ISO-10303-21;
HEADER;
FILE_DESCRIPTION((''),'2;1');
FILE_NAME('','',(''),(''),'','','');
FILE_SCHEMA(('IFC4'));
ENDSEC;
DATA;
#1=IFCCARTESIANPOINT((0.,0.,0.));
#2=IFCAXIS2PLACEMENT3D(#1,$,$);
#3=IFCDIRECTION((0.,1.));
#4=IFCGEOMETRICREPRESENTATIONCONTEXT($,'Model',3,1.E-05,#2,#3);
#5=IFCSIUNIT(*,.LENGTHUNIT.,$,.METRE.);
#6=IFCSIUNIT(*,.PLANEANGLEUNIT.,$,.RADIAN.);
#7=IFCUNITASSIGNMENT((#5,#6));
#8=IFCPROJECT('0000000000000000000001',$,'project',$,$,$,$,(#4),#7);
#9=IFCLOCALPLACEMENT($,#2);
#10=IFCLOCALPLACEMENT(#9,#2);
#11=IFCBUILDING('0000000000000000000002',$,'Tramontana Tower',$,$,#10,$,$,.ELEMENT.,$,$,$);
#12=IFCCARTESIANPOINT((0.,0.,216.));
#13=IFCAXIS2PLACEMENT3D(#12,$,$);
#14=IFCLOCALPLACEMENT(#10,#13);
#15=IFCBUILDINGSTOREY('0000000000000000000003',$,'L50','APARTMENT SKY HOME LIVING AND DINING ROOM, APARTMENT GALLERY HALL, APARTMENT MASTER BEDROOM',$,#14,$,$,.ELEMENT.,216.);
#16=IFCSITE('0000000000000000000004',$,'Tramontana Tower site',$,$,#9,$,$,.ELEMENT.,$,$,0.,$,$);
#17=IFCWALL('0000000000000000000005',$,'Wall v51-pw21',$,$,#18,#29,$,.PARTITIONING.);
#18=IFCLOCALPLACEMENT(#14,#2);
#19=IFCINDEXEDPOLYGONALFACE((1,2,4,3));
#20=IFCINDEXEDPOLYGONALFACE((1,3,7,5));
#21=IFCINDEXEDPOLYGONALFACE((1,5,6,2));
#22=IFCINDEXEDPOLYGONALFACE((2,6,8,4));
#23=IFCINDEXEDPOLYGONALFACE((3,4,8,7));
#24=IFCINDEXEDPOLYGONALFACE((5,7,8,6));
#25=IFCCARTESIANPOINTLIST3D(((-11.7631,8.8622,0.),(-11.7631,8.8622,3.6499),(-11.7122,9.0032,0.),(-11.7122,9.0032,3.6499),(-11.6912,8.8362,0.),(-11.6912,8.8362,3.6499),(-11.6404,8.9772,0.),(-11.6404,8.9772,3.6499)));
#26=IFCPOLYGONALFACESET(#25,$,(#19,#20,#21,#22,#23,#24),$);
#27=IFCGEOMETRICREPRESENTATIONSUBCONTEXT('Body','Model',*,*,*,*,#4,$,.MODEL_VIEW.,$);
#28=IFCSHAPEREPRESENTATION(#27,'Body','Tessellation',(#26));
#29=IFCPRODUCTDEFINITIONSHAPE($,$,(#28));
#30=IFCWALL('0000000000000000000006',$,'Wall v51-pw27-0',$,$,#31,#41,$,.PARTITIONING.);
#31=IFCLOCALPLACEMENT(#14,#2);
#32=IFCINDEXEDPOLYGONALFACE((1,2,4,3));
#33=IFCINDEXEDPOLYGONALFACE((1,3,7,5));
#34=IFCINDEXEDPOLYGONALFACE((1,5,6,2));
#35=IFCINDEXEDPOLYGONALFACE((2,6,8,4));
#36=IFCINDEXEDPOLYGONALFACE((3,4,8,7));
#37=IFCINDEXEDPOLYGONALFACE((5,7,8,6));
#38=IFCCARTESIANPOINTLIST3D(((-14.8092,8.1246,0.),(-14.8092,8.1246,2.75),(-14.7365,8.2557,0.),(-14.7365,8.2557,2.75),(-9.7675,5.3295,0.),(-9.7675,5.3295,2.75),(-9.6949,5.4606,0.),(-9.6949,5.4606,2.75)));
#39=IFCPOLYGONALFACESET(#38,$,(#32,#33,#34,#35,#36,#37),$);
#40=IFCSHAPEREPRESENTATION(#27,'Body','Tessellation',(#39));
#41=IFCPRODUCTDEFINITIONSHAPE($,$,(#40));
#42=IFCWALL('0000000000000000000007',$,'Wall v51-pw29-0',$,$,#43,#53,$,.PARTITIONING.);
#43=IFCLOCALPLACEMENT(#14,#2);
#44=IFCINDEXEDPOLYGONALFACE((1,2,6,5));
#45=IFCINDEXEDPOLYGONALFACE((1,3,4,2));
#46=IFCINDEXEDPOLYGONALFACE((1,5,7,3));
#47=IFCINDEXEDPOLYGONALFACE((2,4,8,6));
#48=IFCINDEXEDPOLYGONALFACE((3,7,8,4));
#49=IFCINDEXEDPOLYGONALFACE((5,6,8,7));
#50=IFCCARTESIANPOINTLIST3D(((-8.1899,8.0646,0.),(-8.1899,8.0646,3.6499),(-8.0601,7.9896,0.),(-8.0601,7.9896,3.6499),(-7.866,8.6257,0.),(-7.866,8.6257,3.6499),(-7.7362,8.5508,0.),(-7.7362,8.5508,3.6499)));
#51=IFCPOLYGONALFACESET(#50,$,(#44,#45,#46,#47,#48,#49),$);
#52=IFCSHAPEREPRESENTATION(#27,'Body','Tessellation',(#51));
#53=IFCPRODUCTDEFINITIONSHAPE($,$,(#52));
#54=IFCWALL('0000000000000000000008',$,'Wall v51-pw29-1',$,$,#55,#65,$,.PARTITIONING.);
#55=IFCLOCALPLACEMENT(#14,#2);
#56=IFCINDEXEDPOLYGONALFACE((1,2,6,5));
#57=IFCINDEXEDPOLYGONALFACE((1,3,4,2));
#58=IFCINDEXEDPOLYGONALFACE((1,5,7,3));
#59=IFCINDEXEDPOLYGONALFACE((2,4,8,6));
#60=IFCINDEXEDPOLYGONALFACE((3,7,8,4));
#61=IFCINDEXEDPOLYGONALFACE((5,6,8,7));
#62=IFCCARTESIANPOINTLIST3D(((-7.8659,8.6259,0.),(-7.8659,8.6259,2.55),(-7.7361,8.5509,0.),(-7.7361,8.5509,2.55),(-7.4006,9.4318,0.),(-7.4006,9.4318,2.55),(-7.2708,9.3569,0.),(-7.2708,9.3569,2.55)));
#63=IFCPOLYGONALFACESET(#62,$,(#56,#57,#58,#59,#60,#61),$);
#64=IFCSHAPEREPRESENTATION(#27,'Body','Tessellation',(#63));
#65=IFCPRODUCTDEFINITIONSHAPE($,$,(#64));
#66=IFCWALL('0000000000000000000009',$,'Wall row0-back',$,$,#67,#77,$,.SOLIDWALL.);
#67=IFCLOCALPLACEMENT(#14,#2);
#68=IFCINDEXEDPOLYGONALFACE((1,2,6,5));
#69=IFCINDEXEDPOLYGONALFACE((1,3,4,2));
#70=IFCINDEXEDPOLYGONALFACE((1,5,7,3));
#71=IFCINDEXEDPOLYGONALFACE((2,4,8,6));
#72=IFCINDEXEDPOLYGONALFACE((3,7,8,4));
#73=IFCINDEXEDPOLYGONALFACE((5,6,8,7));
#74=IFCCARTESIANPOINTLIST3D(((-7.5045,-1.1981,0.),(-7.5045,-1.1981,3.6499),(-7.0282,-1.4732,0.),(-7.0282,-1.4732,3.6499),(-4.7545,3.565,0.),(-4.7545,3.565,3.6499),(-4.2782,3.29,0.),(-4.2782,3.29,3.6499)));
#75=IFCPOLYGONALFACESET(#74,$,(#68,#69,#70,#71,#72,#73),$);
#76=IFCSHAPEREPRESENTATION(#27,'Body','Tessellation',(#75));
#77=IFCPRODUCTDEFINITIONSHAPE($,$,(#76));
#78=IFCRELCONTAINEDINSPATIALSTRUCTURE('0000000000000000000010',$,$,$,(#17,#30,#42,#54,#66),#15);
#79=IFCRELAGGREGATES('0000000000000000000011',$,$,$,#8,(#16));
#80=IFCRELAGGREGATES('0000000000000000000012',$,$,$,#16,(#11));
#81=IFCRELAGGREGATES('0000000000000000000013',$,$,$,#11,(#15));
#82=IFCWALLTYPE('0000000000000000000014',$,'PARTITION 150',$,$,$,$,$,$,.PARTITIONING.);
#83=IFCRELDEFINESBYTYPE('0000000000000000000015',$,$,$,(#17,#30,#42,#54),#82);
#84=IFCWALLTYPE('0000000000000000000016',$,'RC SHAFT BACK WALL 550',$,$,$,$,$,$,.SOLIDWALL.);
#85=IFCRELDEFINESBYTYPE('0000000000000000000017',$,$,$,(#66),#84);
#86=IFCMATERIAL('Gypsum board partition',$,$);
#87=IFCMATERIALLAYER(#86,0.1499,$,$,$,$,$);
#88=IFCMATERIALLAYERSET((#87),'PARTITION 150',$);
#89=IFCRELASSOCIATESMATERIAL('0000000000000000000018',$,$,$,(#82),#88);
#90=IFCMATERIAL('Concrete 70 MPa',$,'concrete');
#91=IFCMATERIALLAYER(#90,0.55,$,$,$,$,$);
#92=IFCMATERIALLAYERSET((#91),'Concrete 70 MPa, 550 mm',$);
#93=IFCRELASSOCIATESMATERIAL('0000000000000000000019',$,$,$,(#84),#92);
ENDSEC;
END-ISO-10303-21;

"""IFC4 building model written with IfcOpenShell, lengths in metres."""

from ifc_helpers import new_model, si_unit, direction, frame, frame_2d, origin, place, context, subcontext, project, spatial, rectangle, extrude, material, layer, layer_set, type_object, element, save


model = new_model("IFC4")

# Units and contexts
model_context = context("Model", 3, precision=1e-05, world=origin(), true_north=direction((0.0, 1.0)))
body_context = subcontext(model_context, "Body", "Model", "MODEL_VIEW")
ifc_project = project(units=[si_unit("LENGTHUNIT", "METRE"), si_unit("PLANEANGLEUNIT", "RADIAN")], contexts=[model_context])

# Site, building, storey
site_placement = place(None, origin())
site = spatial("IfcSite", under=ifc_project, at=site_placement, Name="Tramontana Tower site", CompositionType="ELEMENT", RefElevation=0.0)
building_placement = place(site_placement, origin())
building = spatial("IfcBuilding", under=site, at=building_placement, Name="Tramontana Tower", CompositionType="ELEMENT")
storey_placement = place(building_placement, frame((0.0, 0.0, 216.0)))
storey = spatial("IfcBuildingStorey", under=building, at=storey_placement, Name="L50", Description="APARTMENT SKY HOME LIVING AND DINING ROOM, APARTMENT GALLERY HALL, APARTMENT MASTER BEDROOM", CompositionType="ELEMENT", Elevation=216.0)

# Walls
ifc_material_1 = material(Name="Gypsum board partition")
ifc_layer_1 = layer(ifc_material_1, 0.1499)
ifc_layer_set_1 = layer_set([ifc_layer_1], Name="PARTITION 150")
wall_type_1 = type_object("IfcWallType", Name="PARTITION 150", PredefinedType="PARTITIONING", material=ifc_layer_set_1)
for number, where, z_axis, x_axis, name in (
    (1, (-11.7375, 8.9326, 0.0), (0.0, 0.0, 1.0), (0.940724, -0.339173, 0.0), "Wall v51-pw21"),
):
    element("IfcWall", number, at=place(storey_placement, frame(where, z_axis=z_axis, x_axis=x_axis)), inside=storey, type_object=wall_type_1, Name=name, PredefinedType="PARTITIONING", context=body_context, shape_type="SweptSolid", body=[
        extrude(rectangle(XDim=0.0764, YDim=0.1499, at=frame_2d((0.0381, 0.0))), origin(), (0.0, 0.0, 1.0), 3.6499),
    ])
wall_1_placement = place(storey_placement, frame((-9.7312, 5.395, 0.0), z_axis=(0.0, 0.0, 1.0), x_axis=(-0.874584, 0.484873, 0.0)))
element("IfcWall", 2, at=wall_1_placement, inside=storey, type_object=wall_type_1, Name="Wall v51-pw27-0", PredefinedType="PARTITIONING", context=body_context, shape_type="SweptSolid", body=[
    extrude(rectangle(XDim=5.7646, YDim=0.1499, at=frame_2d((2.8823, 0.0))), origin(), (0.0, 0.0, 1.0), 2.75),
])

# Walls
wall_2_placement = place(storey_placement, frame((-8.125, 8.0271, 0.0), z_axis=(0.0, 0.0, 1.0), x_axis=(0.499907, 0.866079, 0.0)))
element("IfcWall", 3, at=wall_2_placement, inside=storey, type_object=wall_type_1, Name="Wall v51-pw29-0", PredefinedType="PARTITIONING", context=body_context, shape_type="SweptSolid", body=[
    extrude(rectangle(XDim=0.6479, YDim=0.1499, at=frame_2d((0.324, 0.0))), origin(), (0.0, 0.0, 1.0), 3.6499),
])
wall_3_placement = place(storey_placement, frame((-7.801, 8.5884, 0.0), z_axis=(0.0, 0.0, 1.0), x_axis=(0.500033, 0.866006, 0.0)))
element("IfcWall", 4, at=wall_3_placement, inside=storey, type_object=wall_type_1, Name="Wall v51-pw29-1", PredefinedType="PARTITIONING", context=body_context, shape_type="SweptSolid", body=[
    extrude(rectangle(XDim=0.9307, YDim=0.1499, at=frame_2d((0.4653, 0.0))), origin(), (0.0, 0.0, 1.0), 2.55),
])
ifc_material_2 = material(Name="Concrete 70 MPa", Category="concrete")
ifc_layer_2 = layer(ifc_material_2, 0.55)
ifc_layer_set_2 = layer_set([ifc_layer_2], Name="Concrete 70 MPa, 550 mm")
wall_type_2 = type_object("IfcWallType", Name="RC SHAFT BACK WALL 550", PredefinedType="SOLIDWALL", material=ifc_layer_set_2)
wall_4_placement = place(storey_placement, frame((-4.5164, 3.4275, 0.0), z_axis=(0.0, 0.0, 1.0), x_axis=(-0.499997, -0.866027, 0.0)))
element("IfcWall", 5, at=wall_4_placement, inside=storey, type_object=wall_type_2, Name="Wall row0-back", PredefinedType="SOLIDWALL", context=body_context, shape_type="SweptSolid", body=[
    extrude(rectangle(XDim=5.5, YDim=0.55, at=frame_2d((2.75, 0.0))), origin(), (0.0, 0.0, 1.0), 3.6499),
])

save(model, "model.ifc")
